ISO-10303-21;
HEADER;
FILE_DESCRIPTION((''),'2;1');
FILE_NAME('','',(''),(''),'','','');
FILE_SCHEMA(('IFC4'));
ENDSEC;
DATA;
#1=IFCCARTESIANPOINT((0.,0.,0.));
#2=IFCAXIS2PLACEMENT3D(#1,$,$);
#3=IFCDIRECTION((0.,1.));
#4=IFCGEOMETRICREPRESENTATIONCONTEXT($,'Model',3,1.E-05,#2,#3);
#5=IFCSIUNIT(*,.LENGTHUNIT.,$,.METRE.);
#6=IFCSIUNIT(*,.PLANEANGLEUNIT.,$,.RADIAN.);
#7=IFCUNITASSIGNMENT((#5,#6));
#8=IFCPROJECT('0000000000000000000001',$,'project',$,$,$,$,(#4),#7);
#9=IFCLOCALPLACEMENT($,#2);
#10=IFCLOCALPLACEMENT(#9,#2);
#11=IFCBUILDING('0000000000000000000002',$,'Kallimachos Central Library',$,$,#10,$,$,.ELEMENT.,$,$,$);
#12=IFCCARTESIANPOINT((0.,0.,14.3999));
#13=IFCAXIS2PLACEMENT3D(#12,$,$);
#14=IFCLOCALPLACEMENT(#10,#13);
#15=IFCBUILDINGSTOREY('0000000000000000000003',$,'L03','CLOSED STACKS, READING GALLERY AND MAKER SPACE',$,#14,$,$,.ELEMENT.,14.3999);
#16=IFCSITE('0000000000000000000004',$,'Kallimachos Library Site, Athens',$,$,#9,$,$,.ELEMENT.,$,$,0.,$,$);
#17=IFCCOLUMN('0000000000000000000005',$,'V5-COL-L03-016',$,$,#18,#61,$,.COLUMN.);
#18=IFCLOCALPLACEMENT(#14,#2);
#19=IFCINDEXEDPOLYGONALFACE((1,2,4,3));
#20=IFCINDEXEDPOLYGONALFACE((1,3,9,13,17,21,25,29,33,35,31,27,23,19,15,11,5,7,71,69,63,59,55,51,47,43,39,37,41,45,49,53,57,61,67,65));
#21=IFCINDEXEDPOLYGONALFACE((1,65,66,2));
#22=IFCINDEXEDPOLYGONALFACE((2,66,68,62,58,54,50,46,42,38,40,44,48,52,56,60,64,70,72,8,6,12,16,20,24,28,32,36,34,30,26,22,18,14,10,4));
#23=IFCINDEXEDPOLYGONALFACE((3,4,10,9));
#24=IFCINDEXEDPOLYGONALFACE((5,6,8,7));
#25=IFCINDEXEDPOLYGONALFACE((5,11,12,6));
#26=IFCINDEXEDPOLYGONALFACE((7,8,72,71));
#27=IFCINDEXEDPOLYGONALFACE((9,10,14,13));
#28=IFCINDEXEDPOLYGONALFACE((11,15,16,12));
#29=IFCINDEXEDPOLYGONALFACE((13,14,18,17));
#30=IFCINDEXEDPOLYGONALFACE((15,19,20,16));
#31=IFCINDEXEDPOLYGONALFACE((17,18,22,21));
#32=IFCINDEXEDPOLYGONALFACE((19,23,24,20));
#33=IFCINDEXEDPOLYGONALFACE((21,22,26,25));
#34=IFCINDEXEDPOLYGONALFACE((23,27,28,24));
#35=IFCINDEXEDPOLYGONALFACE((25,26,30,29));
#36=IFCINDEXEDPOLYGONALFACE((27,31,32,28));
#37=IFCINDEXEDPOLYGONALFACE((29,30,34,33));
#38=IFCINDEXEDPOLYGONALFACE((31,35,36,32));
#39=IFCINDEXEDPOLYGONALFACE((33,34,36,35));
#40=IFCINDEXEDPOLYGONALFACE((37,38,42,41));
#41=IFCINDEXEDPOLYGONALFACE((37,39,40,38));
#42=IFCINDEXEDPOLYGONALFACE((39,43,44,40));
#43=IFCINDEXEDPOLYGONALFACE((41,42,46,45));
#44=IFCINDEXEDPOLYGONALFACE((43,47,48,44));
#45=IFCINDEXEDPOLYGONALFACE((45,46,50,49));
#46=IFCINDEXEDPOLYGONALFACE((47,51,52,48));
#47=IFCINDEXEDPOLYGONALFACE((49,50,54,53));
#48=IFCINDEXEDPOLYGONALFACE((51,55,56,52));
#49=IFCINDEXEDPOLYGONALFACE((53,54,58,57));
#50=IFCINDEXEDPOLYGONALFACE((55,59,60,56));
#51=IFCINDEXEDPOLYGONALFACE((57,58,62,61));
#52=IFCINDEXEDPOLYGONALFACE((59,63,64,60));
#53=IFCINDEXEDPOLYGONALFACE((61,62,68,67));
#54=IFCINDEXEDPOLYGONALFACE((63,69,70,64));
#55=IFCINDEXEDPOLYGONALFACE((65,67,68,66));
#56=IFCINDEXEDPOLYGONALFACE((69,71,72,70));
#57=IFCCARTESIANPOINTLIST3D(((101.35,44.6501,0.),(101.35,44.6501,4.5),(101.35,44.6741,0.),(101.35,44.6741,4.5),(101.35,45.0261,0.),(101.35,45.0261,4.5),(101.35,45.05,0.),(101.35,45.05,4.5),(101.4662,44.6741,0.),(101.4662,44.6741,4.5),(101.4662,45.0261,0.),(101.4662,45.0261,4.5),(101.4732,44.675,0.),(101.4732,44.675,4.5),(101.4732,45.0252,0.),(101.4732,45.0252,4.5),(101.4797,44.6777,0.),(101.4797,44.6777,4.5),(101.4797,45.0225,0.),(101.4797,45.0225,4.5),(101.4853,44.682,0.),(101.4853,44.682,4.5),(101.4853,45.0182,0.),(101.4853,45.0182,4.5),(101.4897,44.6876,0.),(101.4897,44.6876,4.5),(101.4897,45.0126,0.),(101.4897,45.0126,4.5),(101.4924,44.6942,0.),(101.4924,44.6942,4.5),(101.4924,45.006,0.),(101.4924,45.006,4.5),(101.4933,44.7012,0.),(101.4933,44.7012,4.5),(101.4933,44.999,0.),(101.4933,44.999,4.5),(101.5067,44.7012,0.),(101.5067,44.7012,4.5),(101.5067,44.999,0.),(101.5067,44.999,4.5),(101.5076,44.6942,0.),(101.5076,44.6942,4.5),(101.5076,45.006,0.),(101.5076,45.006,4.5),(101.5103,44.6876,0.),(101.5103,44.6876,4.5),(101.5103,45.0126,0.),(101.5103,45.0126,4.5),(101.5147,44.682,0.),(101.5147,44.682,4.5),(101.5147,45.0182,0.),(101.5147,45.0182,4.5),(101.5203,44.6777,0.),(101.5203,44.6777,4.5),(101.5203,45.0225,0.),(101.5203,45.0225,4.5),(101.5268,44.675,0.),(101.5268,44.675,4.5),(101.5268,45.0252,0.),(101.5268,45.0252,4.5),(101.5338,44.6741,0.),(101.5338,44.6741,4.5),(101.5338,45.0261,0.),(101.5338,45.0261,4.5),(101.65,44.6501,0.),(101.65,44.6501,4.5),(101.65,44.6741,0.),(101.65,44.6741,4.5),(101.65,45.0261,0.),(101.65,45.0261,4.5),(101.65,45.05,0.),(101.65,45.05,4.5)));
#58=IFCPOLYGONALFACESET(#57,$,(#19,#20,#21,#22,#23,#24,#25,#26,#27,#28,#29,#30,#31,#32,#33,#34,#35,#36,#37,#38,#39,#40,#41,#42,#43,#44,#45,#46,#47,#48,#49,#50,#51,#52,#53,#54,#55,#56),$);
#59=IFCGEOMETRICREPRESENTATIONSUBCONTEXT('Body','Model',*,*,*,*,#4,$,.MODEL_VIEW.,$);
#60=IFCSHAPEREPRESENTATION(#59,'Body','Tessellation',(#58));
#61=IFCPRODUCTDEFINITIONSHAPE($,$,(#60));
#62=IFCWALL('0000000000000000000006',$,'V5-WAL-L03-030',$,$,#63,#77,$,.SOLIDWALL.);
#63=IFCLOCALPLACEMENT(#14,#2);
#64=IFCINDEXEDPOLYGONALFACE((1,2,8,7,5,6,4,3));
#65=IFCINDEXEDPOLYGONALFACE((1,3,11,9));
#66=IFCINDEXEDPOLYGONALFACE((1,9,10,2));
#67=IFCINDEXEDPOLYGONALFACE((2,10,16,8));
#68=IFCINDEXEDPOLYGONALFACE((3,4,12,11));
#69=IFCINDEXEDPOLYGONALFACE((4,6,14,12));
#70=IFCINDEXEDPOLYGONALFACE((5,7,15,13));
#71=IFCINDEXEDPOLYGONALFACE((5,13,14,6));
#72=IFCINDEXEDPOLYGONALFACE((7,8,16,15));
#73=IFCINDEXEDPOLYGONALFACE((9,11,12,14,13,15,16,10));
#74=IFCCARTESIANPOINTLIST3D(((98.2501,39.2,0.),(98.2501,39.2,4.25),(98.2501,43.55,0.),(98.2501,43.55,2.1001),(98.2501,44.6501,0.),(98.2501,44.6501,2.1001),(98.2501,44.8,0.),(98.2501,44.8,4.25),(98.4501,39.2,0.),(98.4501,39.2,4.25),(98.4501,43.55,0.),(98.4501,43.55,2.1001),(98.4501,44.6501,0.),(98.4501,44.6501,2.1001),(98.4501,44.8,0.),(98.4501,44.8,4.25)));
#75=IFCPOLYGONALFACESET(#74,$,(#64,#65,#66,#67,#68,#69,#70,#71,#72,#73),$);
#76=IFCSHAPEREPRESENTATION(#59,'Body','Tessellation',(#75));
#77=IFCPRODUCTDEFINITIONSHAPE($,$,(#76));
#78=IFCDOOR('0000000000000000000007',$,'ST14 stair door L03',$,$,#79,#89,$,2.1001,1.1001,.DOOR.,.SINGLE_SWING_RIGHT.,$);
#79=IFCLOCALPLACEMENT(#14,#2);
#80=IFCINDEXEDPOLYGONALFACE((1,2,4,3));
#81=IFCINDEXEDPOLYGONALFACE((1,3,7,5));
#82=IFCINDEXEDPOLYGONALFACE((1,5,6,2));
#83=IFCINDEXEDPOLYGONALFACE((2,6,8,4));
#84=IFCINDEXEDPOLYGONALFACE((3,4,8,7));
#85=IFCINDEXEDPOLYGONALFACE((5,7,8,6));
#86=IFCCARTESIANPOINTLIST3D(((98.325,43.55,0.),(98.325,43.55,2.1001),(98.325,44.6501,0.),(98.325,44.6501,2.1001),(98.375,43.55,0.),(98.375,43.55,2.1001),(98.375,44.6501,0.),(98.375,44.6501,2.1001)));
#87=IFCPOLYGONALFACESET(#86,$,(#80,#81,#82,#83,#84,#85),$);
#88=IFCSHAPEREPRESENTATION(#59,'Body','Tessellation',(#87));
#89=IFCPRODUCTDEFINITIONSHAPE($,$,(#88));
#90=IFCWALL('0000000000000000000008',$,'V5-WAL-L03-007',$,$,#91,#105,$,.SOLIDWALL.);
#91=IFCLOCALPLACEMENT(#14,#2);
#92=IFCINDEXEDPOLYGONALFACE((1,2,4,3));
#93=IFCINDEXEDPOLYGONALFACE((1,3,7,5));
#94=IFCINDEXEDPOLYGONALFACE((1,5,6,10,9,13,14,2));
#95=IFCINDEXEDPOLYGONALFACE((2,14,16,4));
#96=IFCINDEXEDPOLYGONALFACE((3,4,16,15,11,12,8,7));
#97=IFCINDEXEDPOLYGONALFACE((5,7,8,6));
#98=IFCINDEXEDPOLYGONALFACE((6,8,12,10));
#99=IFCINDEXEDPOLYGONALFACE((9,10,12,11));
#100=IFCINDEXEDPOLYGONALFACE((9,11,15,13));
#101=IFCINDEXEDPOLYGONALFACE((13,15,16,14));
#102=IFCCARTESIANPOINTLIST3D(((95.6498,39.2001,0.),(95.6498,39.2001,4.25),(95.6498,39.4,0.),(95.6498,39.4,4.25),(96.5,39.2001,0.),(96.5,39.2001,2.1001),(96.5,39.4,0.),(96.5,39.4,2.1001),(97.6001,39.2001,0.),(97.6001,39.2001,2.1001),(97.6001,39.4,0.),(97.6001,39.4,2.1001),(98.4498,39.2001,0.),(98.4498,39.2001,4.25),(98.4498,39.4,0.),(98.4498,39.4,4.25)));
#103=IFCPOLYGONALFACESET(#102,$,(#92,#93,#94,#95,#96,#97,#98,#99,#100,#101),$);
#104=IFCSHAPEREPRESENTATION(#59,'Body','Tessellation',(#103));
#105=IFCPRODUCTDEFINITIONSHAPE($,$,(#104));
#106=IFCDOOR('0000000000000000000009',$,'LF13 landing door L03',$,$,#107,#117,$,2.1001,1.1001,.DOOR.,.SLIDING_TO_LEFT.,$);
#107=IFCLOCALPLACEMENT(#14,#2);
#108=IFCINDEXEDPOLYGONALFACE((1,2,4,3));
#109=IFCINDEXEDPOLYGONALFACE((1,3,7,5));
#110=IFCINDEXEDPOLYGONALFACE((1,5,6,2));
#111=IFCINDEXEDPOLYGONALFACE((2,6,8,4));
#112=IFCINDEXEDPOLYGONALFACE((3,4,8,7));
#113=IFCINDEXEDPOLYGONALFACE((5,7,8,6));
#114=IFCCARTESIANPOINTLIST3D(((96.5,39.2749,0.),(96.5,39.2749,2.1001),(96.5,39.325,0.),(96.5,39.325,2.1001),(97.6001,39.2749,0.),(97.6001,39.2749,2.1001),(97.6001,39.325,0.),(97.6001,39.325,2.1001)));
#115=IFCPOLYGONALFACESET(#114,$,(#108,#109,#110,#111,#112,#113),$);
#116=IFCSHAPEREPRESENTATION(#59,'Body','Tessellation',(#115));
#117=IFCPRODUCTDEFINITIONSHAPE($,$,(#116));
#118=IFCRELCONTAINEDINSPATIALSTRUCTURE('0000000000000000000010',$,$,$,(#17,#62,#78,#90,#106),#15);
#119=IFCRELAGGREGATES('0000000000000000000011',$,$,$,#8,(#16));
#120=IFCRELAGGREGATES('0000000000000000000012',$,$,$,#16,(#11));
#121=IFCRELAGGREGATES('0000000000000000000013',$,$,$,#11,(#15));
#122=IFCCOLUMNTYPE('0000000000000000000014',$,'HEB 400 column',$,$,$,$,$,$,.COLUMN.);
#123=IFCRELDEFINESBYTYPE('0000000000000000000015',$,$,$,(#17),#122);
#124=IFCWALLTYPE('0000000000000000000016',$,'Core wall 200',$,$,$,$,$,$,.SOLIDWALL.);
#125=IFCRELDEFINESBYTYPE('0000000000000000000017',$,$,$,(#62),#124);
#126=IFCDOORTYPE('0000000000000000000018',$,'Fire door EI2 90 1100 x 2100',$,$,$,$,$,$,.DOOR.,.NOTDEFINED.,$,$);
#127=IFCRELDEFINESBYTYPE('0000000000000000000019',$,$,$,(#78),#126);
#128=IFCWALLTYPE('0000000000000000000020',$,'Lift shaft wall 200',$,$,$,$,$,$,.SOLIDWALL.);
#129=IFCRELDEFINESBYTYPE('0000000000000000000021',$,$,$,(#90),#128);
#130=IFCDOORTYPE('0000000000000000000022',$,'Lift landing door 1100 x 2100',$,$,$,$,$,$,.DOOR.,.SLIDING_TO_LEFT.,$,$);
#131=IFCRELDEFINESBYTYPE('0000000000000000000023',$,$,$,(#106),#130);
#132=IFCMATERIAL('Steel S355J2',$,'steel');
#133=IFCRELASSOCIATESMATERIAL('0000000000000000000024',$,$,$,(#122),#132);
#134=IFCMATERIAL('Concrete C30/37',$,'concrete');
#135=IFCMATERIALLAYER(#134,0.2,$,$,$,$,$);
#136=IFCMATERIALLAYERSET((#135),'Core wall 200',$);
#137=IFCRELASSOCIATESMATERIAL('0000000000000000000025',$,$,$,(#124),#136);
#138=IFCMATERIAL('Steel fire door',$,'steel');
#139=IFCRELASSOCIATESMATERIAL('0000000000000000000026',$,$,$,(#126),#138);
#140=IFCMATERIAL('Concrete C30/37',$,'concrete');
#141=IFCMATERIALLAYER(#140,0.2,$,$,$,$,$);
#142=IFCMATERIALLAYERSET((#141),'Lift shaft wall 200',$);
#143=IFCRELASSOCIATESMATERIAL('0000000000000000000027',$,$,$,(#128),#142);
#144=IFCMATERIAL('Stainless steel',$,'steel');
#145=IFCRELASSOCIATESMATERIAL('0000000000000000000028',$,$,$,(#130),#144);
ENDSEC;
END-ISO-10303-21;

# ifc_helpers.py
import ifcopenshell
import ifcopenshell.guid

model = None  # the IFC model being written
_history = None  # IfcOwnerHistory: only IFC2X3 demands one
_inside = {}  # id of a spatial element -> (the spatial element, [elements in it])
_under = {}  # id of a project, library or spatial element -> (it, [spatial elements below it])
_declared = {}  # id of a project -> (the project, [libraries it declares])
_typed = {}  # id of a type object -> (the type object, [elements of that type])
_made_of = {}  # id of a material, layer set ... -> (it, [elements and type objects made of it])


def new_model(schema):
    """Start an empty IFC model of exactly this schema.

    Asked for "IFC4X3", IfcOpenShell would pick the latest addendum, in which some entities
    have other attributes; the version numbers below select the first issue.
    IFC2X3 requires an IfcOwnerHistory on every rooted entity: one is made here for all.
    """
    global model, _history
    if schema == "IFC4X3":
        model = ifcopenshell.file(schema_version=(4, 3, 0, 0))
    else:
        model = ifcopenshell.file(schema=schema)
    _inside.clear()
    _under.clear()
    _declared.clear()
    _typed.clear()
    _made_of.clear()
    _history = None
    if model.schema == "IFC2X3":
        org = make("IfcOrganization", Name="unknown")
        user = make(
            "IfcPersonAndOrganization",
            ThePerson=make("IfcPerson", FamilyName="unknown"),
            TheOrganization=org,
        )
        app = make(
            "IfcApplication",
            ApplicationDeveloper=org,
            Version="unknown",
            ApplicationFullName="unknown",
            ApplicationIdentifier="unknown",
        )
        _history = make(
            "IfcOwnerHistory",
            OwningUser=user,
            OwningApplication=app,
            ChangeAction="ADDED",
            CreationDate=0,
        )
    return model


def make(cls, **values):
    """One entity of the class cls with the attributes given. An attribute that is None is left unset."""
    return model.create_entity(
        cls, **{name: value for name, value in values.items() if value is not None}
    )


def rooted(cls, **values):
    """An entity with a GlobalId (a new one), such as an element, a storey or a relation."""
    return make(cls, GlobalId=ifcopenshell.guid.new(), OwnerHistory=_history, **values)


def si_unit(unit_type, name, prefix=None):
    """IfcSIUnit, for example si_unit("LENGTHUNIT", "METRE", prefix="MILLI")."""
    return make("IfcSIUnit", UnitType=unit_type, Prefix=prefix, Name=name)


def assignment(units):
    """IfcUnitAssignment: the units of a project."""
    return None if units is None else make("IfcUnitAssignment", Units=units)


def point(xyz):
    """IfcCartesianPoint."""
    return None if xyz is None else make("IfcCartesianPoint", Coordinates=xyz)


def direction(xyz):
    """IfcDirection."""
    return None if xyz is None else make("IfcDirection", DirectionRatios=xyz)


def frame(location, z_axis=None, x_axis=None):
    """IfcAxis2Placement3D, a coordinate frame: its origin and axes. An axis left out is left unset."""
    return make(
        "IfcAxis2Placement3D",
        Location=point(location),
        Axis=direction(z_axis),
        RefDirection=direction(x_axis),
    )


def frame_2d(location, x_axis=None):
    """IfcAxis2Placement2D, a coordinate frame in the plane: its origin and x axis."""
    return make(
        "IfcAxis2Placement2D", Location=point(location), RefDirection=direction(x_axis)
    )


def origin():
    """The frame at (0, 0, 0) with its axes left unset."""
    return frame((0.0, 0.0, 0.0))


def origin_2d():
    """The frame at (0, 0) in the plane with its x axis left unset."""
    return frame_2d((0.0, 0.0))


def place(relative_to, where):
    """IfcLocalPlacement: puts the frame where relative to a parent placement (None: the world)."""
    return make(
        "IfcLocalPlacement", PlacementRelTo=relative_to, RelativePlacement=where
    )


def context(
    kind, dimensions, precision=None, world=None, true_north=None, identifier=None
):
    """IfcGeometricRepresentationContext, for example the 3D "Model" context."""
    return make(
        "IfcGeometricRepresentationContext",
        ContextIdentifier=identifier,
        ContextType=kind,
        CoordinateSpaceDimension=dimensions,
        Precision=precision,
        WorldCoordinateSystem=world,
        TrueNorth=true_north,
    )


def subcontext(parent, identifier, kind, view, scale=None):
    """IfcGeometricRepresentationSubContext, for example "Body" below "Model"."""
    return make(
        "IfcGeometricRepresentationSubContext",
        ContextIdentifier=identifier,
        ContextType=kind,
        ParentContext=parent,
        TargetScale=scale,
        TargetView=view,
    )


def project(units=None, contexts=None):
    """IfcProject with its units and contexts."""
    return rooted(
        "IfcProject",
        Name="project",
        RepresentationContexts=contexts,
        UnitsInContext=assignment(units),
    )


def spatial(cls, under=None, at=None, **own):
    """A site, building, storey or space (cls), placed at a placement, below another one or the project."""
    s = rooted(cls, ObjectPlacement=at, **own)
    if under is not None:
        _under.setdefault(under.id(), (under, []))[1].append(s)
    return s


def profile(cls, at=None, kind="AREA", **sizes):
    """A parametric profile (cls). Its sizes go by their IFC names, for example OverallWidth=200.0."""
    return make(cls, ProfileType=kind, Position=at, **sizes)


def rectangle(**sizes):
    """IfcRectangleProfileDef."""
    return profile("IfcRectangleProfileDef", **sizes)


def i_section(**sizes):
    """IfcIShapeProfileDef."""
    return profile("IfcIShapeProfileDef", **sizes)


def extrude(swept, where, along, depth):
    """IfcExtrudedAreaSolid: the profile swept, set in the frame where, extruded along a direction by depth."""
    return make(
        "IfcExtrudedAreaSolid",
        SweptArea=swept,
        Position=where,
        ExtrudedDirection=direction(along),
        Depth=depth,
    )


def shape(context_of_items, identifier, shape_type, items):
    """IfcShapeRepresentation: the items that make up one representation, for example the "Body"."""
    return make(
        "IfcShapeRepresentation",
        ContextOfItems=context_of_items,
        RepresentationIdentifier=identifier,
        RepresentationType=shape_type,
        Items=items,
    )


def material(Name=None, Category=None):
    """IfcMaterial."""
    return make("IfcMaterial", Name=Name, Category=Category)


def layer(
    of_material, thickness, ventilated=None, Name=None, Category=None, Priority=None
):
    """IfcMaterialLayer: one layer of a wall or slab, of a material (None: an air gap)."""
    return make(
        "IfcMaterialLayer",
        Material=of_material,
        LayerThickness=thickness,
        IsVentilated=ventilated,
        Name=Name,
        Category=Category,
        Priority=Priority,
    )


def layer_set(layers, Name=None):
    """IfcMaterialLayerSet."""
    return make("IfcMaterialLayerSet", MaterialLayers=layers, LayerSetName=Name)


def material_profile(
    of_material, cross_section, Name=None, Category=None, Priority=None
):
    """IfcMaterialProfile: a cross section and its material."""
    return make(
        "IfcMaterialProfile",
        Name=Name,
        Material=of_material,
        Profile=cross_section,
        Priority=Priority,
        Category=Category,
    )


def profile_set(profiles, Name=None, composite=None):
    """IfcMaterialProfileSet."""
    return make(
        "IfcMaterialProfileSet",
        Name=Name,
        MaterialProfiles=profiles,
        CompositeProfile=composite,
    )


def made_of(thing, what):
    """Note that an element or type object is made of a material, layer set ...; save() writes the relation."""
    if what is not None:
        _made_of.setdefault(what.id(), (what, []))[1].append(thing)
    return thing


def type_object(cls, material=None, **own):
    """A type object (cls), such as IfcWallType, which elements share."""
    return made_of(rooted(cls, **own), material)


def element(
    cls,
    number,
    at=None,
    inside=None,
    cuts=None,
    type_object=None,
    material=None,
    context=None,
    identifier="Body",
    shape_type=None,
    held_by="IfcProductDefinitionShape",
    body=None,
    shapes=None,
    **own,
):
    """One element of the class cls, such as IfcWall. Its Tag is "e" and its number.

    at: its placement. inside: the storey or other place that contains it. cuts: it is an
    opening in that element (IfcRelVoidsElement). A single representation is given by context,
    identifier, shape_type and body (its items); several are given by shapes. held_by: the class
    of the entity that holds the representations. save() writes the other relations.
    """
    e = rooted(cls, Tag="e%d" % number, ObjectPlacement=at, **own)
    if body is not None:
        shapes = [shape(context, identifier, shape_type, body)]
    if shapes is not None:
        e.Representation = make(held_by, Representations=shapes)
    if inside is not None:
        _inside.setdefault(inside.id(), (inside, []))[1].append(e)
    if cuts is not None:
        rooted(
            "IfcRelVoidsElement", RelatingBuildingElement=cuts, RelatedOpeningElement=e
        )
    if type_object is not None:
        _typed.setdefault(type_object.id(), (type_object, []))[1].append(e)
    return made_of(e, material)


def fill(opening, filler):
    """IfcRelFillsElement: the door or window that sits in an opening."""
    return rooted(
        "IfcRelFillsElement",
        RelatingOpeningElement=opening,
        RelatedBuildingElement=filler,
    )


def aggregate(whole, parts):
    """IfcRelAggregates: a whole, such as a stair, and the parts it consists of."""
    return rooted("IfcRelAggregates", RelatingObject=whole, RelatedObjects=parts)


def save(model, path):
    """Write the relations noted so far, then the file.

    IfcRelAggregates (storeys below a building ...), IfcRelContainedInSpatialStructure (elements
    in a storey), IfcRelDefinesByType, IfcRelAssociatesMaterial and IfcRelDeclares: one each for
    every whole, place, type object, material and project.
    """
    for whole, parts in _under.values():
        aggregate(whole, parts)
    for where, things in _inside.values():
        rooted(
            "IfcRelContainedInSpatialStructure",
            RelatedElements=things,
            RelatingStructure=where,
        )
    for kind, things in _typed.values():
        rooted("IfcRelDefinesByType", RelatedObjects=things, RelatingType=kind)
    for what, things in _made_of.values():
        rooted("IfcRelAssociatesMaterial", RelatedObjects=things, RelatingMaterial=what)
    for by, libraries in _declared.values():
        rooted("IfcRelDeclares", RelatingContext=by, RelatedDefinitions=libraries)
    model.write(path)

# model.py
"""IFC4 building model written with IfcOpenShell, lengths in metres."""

from ifc_helpers import new_model, si_unit, direction, frame, frame_2d, origin, origin_2d, place, context, subcontext, project, spatial, rectangle, i_section, extrude, material, layer, layer_set, material_profile, profile_set, type_object, element, fill, save


model = new_model("IFC4")

# Units and contexts
model_context = context("Model", 3, precision=1e-05, world=origin(), true_north=direction((0.0, 1.0)))
body_context = subcontext(model_context, "Body", "Model", "MODEL_VIEW")
ifc_project = project(units=[si_unit("LENGTHUNIT", "METRE"), si_unit("PLANEANGLEUNIT", "RADIAN")], contexts=[model_context])

# Site, building, storey
site_placement = place(None, origin())
site = spatial("IfcSite", under=ifc_project, at=site_placement, Name="Kallimachos Library Site, Athens", CompositionType="ELEMENT", RefElevation=0.0)
building_placement = place(site_placement, origin())
building = spatial("IfcBuilding", under=site, at=building_placement, Name="Kallimachos Central Library", CompositionType="ELEMENT")
storey_placement = place(building_placement, frame((0.0, 0.0, 14.3999)))
storey = spatial("IfcBuildingStorey", under=building, at=storey_placement, Name="L03", Description="CLOSED STACKS, READING GALLERY AND MAKER SPACE", CompositionType="ELEMENT", Elevation=14.3999)

# Column
ifc_material_1 = material(Name="Steel S355J2", Category="steel")
ifc_material_profile = material_profile(ifc_material_1, i_section(OverallWidth=0.3, OverallDepth=0.3999, WebThickness=0.0134, FlangeThickness=0.0239, FilletRadius=0.0271, at=origin_2d()), Name="HEB 400")
ifc_profile_set = profile_set([ifc_material_profile], Name="Steel S355J2")
column_type = type_object("IfcColumnType", Name="HEB 400 column", PredefinedType="COLUMN", material=ifc_profile_set)
column_placement = place(storey_placement, frame((101.5, 44.8501, 0.0), z_axis=(0.0, 0.0, 1.0), x_axis=(1.0, 0.0, 0.0)))
element("IfcColumn", 1, at=column_placement, inside=storey, type_object=column_type, Name="V5-COL-L03-016", PredefinedType="COLUMN", context=body_context, shape_type="SweptSolid", body=[
    extrude(i_section(OverallWidth=0.3, OverallDepth=0.3999, WebThickness=0.0134, FlangeThickness=0.0239, FilletRadius=0.0271, at=origin_2d()), origin(), (0.0, 0.0, 1.0), 4.5),
])

# Walls, openings, doors
ifc_material_2 = material(Name="Concrete C30/37", Category="concrete")
ifc_layer_1 = layer(ifc_material_2, 0.2)
ifc_layer_set_1 = layer_set([ifc_layer_1], Name="Core wall 200")
wall_type_1 = type_object("IfcWallType", Name="Core wall 200", PredefinedType="SOLIDWALL", material=ifc_layer_set_1)
wall_1_placement = place(storey_placement, frame((98.3501, 39.2, 0.0), z_axis=(0.0, 0.0, 1.0), x_axis=(0.0, 1.0, 0.0)))
wall_1 = element("IfcWall", 2, at=wall_1_placement, inside=storey, type_object=wall_type_1, Name="V5-WAL-L03-030", PredefinedType="SOLIDWALL", context=body_context, shape_type="SweptSolid", body=[
    extrude(rectangle(XDim=5.6001, YDim=0.2, at=frame_2d((2.8, 0.0))), origin(), (0.0, 0.0, 1.0), 4.25),
])
opening_1_placement = place(wall_1_placement, frame((4.3501, 0.0, 0.0)))
opening_1 = element("IfcOpeningElement", 3, at=opening_1_placement, cuts=wall_1, PredefinedType="OPENING", context=body_context, shape_type="SweptSolid", body=[
    extrude(rectangle(XDim=1.1001, YDim=2.1001, at=frame_2d((0.55, 1.05))), frame((0.0, 0.1099, 0.0), z_axis=(0.0, -1.0, 0.0), x_axis=(1.0, 0.0, 0.0)), (0.0, 0.0, 1.0), 0.22),
])
ifc_material_3 = material(Name="Steel fire door", Category="steel")
door_type_1 = type_object("IfcDoorType", Name="Fire door EI2 90 1100 x 2100", OperationType="NOTDEFINED", PredefinedType="DOOR", material=ifc_material_3)
door_1_placement = place(opening_1_placement, frame((1.1001, 0.0, 0.0), z_axis=(0.0, 0.0, 1.0), x_axis=(-1.0, 0.0, 0.0)))
door_1 = element("IfcDoor", 4, at=door_1_placement, inside=storey, type_object=door_type_1, Name="ST14 stair door L03", OperationType="SINGLE_SWING_RIGHT", OverallHeight=2.1001, OverallWidth=1.1001, PredefinedType="DOOR", context=body_context, shape_type="SweptSolid", body=[
    extrude(rectangle(XDim=1.1001, YDim=2.1001, at=frame_2d((0.55, 1.05))), frame((0.0, 0.0249, 0.0), z_axis=(0.0, -1.0, 0.0), x_axis=(1.0, 0.0, 0.0)), (0.0, 0.0, 1.0), 0.05),
])
fill(opening_1, door_1)
ifc_material_4 = material(Name="Concrete C30/37", Category="concrete")
ifc_layer_2 = layer(ifc_material_4, 0.2)
ifc_layer_set_2 = layer_set([ifc_layer_2], Name="Lift shaft wall 200")
wall_type_2 = type_object("IfcWallType", Name="Lift shaft wall 200", PredefinedType="SOLIDWALL", material=ifc_layer_set_2)
wall_2_placement = place(storey_placement, frame((95.6499, 39.3, 0.0), z_axis=(0.0, 0.0, 1.0), x_axis=(1.0, 0.0, 0.0)))
wall_2 = element("IfcWall", 5, at=wall_2_placement, inside=storey, type_object=wall_type_2, Name="V5-WAL-L03-007", PredefinedType="SOLIDWALL", context=body_context, shape_type="SweptSolid", body=[
    extrude(rectangle(XDim=2.8, YDim=0.2, at=frame_2d((1.3999, 0.0))), origin(), (0.0, 0.0, 1.0), 4.25),
])
opening_2_placement = place(wall_2_placement, frame((0.8501, 0.0, 0.0)))
opening_2 = element("IfcOpeningElement", 6, at=opening_2_placement, cuts=wall_2, PredefinedType="OPENING", context=body_context, shape_type="SweptSolid", body=[
    extrude(rectangle(XDim=1.1001, YDim=2.1001, at=frame_2d((0.55, 1.05))), frame((0.0, 0.1099, 0.0), z_axis=(0.0, -1.0, 0.0), x_axis=(1.0, 0.0, 0.0)), (0.0, 0.0, 1.0), 0.22),
])
ifc_material_5 = material(Name="Stainless steel", Category="steel")
door_type_2 = type_object("IfcDoorType", Name="Lift landing door 1100 x 2100", OperationType="SLIDING_TO_LEFT", PredefinedType="DOOR", material=ifc_material_5)
door_2_placement = place(opening_2_placement, origin())
door_2 = element("IfcDoor", 7, at=door_2_placement, inside=storey, type_object=door_type_2, Name="LF13 landing door L03", OperationType="SLIDING_TO_LEFT", OverallHeight=2.1001, OverallWidth=1.1001, PredefinedType="DOOR", context=body_context, shape_type="SweptSolid", body=[
    extrude(rectangle(XDim=1.1001, YDim=2.1001, at=frame_2d((0.55, 1.05))), frame((0.0, 0.0249, 0.0), z_axis=(0.0, -1.0, 0.0), x_axis=(1.0, 0.0, 0.0)), (0.0, 0.0, 1.0), 0.05),
])
fill(opening_2, door_2)

save(model, "model.ifc")
